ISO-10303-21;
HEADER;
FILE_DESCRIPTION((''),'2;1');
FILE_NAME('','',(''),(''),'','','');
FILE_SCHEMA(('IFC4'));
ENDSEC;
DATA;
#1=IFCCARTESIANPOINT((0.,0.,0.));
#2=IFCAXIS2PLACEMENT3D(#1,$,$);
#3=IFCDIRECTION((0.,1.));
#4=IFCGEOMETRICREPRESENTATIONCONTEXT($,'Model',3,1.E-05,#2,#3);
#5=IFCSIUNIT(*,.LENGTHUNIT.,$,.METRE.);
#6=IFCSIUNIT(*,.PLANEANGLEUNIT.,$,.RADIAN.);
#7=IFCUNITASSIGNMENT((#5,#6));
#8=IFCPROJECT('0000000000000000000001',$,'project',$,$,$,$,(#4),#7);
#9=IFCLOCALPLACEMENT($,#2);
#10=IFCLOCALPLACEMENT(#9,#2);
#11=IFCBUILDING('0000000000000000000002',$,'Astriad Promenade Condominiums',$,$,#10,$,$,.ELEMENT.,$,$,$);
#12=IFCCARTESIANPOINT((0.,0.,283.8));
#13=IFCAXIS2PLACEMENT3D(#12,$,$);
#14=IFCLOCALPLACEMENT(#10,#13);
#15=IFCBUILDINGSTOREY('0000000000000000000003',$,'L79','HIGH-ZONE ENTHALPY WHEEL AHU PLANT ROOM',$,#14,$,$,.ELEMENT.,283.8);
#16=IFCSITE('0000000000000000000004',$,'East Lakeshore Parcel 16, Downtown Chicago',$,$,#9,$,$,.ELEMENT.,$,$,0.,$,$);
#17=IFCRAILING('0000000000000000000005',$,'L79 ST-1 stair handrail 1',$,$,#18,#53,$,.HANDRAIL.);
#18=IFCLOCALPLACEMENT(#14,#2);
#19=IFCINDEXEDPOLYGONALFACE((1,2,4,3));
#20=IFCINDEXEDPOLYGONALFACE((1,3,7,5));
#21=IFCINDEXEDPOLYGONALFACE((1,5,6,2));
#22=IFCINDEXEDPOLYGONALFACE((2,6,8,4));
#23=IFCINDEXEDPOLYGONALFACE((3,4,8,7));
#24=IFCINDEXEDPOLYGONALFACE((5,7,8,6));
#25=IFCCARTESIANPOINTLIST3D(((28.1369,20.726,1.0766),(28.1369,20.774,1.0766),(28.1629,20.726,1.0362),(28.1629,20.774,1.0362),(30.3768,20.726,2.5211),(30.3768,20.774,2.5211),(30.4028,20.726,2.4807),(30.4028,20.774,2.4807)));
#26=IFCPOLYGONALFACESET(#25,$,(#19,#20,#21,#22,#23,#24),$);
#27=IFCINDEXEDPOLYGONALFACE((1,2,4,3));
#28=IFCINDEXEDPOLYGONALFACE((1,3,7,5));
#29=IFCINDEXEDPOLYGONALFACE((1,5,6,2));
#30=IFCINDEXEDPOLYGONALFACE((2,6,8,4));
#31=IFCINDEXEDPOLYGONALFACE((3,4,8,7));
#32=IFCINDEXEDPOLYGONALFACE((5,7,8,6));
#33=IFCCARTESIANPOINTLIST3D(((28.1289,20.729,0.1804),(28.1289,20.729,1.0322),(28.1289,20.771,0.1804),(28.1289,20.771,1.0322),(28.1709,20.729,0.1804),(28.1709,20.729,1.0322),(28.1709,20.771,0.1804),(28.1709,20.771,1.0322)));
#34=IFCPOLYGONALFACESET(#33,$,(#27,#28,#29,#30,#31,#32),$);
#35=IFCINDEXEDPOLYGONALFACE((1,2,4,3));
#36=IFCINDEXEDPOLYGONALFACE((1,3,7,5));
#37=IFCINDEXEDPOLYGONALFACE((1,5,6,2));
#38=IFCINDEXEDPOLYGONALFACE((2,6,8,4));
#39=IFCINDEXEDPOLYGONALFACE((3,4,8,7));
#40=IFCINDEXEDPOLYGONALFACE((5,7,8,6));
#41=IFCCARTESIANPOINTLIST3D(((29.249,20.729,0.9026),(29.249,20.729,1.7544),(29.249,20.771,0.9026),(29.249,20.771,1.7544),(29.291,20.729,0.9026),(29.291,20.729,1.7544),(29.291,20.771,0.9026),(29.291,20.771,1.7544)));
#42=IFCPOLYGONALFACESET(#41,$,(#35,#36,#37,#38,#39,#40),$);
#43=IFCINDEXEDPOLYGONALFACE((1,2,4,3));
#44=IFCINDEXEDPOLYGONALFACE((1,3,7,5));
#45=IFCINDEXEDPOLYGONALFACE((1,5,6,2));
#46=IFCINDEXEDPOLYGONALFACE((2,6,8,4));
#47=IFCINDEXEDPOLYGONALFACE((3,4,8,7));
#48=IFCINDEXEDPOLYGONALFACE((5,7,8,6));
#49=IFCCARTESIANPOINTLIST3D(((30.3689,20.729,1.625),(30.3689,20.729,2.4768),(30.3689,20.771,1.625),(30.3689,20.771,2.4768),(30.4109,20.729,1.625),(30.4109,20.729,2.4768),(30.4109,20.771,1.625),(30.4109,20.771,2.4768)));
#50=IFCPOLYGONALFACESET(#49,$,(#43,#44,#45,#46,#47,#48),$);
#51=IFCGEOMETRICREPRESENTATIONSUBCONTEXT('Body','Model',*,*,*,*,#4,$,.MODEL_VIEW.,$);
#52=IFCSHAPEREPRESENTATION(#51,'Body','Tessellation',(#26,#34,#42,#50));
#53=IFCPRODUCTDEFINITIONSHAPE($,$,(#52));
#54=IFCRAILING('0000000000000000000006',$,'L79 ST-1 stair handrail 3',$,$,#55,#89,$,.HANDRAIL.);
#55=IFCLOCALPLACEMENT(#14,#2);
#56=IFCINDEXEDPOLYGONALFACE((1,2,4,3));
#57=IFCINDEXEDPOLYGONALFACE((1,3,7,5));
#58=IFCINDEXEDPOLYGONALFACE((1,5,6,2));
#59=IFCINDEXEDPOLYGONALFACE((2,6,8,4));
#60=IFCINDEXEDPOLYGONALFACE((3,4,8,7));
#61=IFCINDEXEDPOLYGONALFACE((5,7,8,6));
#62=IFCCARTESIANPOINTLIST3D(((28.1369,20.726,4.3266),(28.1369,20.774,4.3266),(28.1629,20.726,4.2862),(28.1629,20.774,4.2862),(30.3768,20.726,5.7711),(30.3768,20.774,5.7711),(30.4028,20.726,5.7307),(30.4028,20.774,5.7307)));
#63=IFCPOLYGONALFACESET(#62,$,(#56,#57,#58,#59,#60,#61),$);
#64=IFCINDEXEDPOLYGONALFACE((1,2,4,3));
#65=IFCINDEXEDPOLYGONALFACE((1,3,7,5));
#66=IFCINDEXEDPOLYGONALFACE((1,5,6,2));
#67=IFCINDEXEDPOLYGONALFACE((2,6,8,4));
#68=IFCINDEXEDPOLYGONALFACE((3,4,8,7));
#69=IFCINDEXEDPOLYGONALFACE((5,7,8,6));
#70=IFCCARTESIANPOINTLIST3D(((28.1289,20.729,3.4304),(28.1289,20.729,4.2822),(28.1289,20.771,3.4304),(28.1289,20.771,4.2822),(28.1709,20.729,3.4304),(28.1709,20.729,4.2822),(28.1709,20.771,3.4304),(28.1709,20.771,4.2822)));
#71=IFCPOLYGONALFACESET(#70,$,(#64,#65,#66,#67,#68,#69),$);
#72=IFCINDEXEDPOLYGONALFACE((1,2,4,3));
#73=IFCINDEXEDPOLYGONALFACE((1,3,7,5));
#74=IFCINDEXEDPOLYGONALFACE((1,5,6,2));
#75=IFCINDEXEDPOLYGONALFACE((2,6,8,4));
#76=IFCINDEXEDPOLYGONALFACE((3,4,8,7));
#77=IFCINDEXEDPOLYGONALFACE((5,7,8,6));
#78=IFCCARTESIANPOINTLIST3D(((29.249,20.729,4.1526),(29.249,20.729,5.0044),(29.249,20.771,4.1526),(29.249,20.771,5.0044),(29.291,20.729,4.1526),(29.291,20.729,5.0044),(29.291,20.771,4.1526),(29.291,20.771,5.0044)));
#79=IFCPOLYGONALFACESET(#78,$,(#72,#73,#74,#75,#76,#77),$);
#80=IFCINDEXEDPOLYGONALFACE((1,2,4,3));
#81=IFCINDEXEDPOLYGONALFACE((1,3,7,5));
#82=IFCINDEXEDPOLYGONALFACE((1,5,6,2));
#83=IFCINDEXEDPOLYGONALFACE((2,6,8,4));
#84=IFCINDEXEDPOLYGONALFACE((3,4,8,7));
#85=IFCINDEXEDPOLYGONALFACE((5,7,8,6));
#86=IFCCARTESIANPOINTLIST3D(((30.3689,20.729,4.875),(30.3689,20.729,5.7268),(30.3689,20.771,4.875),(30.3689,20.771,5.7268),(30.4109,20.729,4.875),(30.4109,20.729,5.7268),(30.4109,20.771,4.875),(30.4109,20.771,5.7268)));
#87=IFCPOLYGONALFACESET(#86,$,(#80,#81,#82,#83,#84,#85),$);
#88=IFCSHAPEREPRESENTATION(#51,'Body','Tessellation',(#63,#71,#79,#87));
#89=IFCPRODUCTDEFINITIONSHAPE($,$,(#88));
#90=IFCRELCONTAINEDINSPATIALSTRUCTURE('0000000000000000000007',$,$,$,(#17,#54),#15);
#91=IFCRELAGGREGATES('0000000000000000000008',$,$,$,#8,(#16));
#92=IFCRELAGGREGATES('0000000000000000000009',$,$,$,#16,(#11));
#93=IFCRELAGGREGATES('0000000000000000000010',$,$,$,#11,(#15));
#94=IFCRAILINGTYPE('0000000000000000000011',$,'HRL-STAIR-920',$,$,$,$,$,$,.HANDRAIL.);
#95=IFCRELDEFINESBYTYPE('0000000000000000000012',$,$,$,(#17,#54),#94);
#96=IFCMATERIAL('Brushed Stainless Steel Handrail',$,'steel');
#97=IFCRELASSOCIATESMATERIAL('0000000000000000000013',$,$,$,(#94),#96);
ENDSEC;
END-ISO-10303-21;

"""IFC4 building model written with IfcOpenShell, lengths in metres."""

from ifc_helpers import new_model, si_unit, direction, frame, origin, origin_2d, place, context, subcontext, project, spatial, rectangle, extrude, source, transform, mapped, material, type_object, type_shapes, element, save


model = new_model("IFC4")

# Units and contexts
model_context = context("Model", 3, precision=1e-05, world=origin(), true_north=direction((0.0, 1.0)))
body_context = subcontext(model_context, "Body", "Model", "MODEL_VIEW")
ifc_project = project(units=[si_unit("LENGTHUNIT", "METRE"), si_unit("PLANEANGLEUNIT", "RADIAN")], contexts=[model_context])

# Site, building, storey
site_placement = place(None, origin())
site = spatial("IfcSite", under=ifc_project, at=site_placement, Name="East Lakeshore Parcel 16, Downtown Chicago", CompositionType="ELEMENT", RefElevation=0.0)
building_placement = place(site_placement, origin())
building = spatial("IfcBuilding", under=site, at=building_placement, Name="Astriad Promenade Condominiums", CompositionType="ELEMENT")
storey_placement = place(building_placement, frame((0.0, 0.0, 283.8)))
storey = spatial("IfcBuildingStorey", under=building, at=storey_placement, Name="L79", Description="HIGH-ZONE ENTHALPY WHEEL AHU PLANT ROOM", CompositionType="ELEMENT", Elevation=283.8)

# Railings
ifc_material_1 = material(Name="Brushed Stainless Steel Handrail", Category="steel")
railing_type_1 = type_object("IfcRailingType", Name="HRL-STAIR-920", PredefinedType="HANDRAIL", material=ifc_material_1)
shared_shape_1 = source(origin(), body_context, "Body", "SweptSolid", [
    extrude(rectangle(XDim=0.0481, YDim=0.0481, at=origin_2d()), frame((0.0, 0.0, 0.876), z_axis=(0.840395, 0.0, 0.541975), x_axis=(0.0, 1.0, 0.0)), (0.0, 0.0, 1.0), 2.6653),
    extrude(rectangle(XDim=0.042, YDim=0.042, at=origin_2d()), origin(), (0.0, 0.0, 1.0), 0.8518),
    extrude(rectangle(XDim=0.042, YDim=0.042, at=origin_2d()), frame((1.1201, 0.0, 0.7222)), (0.0, 0.0, 1.0), 0.8518),
    extrude(rectangle(XDim=0.042, YDim=0.042, at=origin_2d()), frame((2.24, 0.0, 1.4446)), (0.0, 0.0, 1.0), 0.8518),
])
type_shapes(railing_type_1, [shared_shape_1])
for number, where, name in (
    (1, (28.1499, 20.75, 0.1804), "L79 ST-1 stair handrail 1"),
    (2, (28.1499, 20.75, 3.4304), "L79 ST-1 stair handrail 3"),
):
    element("IfcRailing", number, at=place(storey_placement, frame(where)), inside=storey, type_object=railing_type_1, Name=name, PredefinedType="HANDRAIL", context=body_context, shape_type="MappedRepresentation", body=[
        mapped(shared_shape_1, transform((0.0, 0.0, 0.0), scale=1.0)),
    ])

save(model, "model.ifc")
